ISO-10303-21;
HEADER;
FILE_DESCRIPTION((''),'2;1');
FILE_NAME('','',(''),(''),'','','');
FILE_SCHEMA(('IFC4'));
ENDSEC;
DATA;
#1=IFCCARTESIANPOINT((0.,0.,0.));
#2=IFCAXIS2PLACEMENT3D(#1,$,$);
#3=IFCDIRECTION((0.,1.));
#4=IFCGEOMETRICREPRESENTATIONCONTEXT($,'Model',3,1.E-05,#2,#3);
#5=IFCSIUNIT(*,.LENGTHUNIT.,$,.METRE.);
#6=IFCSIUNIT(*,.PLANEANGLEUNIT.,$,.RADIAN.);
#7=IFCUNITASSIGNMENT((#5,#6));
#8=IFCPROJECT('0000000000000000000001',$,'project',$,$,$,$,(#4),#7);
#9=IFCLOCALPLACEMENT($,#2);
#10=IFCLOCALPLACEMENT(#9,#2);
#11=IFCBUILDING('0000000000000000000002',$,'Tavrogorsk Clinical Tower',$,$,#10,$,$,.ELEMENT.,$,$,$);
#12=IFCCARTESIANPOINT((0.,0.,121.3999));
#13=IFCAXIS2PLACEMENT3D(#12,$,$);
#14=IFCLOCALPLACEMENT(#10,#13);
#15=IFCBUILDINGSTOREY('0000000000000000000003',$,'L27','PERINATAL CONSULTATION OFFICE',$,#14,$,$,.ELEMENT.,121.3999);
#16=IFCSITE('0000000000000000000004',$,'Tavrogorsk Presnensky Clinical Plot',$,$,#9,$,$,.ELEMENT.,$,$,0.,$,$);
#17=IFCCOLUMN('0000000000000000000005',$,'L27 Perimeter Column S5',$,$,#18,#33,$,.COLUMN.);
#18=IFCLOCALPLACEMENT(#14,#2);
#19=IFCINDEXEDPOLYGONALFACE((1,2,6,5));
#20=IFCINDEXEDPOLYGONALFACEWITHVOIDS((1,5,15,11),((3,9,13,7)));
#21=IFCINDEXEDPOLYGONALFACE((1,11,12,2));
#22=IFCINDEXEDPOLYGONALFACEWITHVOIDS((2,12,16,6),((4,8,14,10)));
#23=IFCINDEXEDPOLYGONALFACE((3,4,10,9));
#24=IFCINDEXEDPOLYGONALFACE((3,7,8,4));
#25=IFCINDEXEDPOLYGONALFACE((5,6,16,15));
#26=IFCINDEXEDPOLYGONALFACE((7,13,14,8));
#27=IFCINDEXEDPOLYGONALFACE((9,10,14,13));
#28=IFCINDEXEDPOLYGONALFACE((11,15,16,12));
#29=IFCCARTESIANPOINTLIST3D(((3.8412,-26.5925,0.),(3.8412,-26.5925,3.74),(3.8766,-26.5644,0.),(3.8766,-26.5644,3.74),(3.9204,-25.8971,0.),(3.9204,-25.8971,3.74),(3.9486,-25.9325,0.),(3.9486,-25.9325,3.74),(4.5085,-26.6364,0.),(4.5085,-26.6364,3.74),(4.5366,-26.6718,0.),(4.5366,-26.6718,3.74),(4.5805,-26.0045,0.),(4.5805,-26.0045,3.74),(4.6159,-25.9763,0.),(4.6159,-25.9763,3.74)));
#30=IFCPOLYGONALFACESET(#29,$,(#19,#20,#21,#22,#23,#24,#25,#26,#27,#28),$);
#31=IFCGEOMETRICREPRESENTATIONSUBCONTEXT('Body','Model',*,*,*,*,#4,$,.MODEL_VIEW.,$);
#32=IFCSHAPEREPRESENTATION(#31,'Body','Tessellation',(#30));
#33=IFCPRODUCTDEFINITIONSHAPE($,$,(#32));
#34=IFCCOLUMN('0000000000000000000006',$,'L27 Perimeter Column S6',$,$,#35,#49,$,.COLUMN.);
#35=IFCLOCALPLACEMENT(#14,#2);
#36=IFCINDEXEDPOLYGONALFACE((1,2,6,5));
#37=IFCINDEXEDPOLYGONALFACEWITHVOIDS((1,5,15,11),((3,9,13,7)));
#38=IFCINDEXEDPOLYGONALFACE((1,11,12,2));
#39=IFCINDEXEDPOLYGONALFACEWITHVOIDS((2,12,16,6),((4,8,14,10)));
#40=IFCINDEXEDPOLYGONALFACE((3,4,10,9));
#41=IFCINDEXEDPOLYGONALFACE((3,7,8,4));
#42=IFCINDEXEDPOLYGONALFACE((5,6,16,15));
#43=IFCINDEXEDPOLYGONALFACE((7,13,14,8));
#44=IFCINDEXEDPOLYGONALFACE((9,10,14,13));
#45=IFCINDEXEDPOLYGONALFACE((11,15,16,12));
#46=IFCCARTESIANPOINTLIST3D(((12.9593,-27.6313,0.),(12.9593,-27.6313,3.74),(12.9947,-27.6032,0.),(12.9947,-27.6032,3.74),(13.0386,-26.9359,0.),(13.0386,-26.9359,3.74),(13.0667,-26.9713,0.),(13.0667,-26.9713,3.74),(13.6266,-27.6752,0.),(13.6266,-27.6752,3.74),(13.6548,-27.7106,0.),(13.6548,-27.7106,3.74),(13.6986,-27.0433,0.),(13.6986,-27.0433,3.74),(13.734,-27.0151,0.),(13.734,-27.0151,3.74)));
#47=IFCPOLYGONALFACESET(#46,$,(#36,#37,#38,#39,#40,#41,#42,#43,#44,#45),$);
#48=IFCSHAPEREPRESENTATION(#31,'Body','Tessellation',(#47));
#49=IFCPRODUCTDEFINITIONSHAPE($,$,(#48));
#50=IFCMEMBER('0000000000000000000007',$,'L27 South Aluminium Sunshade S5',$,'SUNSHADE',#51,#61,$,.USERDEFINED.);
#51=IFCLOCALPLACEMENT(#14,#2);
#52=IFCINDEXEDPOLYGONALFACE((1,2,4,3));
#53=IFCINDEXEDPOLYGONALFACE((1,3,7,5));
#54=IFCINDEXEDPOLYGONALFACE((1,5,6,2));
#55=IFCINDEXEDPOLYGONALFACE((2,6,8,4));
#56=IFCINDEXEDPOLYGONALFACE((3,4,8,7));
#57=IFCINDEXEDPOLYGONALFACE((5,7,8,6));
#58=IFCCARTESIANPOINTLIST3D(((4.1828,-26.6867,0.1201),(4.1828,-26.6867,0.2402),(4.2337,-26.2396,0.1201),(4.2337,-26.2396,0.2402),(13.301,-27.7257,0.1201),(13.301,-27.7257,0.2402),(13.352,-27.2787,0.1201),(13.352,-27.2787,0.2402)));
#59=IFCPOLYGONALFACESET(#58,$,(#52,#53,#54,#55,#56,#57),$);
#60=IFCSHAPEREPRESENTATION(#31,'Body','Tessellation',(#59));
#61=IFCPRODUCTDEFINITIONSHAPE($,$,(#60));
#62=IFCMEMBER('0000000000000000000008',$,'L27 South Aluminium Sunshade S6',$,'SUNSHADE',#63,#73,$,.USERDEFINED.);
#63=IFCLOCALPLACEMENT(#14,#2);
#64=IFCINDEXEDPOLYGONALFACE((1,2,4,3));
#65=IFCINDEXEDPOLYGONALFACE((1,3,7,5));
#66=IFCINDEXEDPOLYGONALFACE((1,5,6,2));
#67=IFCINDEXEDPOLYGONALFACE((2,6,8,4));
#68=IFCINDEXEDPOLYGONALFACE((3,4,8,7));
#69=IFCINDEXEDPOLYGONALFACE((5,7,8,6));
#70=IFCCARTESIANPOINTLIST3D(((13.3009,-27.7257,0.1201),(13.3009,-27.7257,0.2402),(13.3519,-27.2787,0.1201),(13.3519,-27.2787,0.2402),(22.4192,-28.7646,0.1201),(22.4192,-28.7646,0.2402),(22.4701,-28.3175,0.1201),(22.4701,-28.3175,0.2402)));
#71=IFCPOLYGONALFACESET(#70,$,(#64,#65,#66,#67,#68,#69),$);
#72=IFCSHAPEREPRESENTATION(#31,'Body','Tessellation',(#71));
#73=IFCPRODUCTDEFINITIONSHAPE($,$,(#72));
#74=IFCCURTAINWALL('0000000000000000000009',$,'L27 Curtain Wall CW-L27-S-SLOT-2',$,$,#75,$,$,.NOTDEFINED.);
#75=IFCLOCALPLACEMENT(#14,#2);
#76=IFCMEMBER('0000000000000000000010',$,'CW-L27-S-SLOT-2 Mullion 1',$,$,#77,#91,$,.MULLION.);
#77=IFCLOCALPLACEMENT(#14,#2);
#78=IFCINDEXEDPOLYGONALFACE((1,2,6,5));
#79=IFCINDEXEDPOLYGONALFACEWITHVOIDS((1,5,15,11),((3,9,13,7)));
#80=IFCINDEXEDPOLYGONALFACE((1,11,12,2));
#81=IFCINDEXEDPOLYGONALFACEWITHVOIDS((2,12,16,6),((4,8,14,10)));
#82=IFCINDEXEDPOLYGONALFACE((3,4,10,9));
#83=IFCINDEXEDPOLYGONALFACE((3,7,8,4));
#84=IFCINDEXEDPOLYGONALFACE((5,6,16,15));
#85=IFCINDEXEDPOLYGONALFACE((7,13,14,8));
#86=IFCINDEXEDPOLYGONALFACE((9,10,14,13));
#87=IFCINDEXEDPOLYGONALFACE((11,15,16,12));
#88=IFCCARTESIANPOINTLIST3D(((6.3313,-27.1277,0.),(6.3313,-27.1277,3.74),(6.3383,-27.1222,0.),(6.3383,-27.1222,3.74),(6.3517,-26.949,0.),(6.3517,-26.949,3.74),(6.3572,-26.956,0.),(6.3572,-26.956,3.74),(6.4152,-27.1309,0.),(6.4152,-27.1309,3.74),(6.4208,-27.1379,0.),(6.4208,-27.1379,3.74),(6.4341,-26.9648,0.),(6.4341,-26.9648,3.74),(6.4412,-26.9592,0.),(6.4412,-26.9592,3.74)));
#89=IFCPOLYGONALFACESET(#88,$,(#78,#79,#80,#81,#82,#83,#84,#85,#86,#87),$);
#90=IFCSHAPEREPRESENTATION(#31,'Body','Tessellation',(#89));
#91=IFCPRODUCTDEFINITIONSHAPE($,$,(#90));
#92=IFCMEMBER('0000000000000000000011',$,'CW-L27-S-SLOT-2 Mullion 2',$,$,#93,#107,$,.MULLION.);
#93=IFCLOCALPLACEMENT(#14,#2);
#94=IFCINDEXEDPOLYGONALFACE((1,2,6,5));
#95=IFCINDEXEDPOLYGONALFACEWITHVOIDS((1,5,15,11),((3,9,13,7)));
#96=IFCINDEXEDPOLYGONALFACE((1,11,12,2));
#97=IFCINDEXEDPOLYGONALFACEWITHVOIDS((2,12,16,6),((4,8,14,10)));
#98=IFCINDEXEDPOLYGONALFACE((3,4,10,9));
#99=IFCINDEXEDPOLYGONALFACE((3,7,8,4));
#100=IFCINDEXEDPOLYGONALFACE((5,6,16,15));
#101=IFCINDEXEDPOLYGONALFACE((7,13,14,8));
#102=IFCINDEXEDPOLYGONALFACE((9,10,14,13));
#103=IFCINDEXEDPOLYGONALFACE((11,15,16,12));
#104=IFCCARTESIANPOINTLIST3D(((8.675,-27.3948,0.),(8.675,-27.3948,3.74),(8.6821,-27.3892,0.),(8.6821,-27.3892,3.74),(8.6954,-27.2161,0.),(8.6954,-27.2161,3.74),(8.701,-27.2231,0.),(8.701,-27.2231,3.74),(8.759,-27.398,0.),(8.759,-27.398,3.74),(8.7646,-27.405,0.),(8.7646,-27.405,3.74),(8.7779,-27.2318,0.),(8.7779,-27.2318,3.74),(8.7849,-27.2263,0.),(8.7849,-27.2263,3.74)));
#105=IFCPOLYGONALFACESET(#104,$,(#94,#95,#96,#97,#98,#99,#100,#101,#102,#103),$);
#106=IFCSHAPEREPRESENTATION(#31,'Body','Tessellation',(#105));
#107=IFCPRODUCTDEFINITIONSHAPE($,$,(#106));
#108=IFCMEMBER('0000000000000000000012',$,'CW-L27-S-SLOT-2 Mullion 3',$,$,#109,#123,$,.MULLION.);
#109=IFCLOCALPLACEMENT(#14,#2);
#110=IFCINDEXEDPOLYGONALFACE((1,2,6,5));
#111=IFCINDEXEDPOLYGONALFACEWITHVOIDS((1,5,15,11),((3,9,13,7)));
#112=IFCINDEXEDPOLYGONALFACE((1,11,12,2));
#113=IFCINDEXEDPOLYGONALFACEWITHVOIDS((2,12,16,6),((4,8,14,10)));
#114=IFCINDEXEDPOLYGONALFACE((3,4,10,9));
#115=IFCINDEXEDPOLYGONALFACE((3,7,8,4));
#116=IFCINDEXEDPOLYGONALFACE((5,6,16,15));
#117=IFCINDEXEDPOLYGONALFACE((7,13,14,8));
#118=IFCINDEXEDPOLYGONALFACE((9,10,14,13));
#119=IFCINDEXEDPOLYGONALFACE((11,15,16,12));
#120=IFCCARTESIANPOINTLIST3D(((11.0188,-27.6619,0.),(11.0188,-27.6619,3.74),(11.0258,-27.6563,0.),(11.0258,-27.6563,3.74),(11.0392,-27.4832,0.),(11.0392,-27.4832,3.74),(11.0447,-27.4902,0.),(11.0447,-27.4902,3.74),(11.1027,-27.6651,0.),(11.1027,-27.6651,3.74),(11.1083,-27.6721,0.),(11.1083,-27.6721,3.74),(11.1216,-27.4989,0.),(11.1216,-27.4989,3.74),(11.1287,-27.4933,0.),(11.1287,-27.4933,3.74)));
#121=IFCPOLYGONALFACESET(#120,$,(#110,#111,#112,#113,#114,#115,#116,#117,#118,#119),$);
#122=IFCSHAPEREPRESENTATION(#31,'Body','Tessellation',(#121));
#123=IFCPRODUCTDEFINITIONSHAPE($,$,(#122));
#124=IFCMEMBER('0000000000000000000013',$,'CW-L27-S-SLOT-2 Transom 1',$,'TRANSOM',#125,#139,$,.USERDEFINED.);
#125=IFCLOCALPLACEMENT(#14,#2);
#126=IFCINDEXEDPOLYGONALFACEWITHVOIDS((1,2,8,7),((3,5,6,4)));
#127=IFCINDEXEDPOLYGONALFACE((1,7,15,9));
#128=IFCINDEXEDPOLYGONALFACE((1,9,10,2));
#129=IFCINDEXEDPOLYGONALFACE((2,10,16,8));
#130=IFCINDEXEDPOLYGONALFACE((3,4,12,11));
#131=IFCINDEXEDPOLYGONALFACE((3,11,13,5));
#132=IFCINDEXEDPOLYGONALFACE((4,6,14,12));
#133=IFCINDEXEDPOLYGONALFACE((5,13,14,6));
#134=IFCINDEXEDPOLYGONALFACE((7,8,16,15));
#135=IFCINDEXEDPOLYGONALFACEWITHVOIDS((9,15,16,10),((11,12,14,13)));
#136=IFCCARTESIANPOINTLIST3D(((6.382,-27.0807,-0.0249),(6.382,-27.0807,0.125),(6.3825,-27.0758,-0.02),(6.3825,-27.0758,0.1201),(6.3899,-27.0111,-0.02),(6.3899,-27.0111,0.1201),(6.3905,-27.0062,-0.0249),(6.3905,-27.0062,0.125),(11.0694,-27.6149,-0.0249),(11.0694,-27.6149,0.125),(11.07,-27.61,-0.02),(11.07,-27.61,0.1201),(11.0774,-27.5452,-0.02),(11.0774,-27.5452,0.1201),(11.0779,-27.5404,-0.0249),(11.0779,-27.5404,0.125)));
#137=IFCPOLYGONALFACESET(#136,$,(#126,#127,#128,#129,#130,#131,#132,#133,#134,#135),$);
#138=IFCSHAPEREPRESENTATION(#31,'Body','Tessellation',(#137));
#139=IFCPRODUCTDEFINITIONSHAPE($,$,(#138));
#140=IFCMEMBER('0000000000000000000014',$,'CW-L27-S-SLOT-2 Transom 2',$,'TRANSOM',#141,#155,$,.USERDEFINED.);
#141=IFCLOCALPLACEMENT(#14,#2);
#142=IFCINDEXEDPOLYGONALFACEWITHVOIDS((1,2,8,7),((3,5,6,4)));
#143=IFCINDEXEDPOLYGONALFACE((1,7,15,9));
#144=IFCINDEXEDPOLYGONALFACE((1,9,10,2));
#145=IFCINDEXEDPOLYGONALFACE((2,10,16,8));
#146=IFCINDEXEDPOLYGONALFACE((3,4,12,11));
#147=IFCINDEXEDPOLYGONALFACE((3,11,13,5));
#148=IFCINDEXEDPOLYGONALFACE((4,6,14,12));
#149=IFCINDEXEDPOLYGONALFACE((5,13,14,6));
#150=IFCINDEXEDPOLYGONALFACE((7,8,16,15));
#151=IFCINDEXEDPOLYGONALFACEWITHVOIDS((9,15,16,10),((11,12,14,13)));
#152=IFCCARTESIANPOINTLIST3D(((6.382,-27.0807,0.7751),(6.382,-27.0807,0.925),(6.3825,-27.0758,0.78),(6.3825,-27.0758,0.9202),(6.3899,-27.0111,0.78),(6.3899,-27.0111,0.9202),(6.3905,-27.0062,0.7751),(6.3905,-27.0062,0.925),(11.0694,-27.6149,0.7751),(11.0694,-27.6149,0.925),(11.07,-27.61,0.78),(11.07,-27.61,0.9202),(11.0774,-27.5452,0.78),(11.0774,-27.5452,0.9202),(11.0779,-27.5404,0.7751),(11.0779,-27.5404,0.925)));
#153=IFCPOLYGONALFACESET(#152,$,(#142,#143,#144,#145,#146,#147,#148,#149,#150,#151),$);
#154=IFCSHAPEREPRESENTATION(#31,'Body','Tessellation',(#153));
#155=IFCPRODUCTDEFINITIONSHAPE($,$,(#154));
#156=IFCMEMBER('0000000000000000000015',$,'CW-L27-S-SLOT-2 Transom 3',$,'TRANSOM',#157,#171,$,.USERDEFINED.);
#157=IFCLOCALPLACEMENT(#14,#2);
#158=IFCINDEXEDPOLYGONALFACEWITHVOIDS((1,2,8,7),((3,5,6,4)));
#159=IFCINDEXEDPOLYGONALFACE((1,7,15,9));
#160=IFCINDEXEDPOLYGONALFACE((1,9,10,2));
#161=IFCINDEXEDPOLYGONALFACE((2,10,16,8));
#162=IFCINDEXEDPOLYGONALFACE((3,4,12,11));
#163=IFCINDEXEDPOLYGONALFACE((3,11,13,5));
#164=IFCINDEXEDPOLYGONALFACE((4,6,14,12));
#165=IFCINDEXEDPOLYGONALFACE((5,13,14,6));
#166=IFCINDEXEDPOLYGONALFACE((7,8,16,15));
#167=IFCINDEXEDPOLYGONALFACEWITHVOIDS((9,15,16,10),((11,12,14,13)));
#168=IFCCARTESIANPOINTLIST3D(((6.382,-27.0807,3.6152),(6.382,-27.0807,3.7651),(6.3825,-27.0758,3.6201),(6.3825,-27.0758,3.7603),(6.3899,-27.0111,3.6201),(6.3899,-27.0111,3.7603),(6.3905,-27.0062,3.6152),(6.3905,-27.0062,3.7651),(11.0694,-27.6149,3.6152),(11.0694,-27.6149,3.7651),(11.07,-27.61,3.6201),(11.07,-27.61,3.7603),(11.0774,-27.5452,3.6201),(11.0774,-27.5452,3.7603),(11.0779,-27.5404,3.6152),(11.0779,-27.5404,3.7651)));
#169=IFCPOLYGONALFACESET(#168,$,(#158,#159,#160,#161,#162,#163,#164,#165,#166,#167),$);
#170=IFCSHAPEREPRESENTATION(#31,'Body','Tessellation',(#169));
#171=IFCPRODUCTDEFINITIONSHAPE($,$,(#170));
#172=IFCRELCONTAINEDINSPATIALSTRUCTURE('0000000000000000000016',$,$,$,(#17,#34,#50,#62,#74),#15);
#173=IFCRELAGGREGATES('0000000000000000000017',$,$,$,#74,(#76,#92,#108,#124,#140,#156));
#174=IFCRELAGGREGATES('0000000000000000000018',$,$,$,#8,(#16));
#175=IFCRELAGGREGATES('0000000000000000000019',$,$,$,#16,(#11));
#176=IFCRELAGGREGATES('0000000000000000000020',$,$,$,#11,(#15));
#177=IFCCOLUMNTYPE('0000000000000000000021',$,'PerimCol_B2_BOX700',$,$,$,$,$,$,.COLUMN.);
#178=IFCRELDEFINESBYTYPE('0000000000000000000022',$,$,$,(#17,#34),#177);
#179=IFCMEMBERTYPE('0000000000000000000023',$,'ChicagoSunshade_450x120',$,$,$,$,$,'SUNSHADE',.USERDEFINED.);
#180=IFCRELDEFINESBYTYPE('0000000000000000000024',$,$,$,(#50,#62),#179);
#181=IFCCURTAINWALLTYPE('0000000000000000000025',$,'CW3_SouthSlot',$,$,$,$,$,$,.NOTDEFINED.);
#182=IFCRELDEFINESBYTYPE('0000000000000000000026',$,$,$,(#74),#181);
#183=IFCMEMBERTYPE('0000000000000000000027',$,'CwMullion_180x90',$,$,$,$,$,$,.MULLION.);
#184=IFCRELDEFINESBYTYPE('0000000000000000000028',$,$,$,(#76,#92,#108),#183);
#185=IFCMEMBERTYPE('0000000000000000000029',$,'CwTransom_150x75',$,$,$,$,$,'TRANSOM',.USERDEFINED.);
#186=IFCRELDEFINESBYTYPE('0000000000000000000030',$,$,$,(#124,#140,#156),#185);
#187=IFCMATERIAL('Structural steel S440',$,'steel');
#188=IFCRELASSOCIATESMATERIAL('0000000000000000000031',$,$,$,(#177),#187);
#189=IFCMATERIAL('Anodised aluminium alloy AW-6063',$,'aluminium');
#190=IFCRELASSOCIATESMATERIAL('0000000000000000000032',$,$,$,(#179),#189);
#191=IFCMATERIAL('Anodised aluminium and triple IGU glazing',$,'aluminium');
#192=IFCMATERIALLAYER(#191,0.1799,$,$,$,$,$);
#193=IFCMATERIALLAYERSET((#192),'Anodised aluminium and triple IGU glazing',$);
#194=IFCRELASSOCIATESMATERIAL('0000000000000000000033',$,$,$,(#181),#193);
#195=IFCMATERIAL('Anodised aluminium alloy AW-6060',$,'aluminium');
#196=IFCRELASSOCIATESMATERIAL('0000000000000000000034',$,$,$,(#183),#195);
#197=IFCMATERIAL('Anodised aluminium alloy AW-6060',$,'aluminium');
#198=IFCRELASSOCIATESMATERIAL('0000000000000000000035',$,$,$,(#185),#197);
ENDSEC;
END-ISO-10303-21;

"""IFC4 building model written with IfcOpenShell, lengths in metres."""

from ifc_helpers import new_model, si_unit, direction, frame, origin, origin_2d, place, context, subcontext, project, spatial, rectangle, hollow_rectangle, extrude, material, layer, layer_set, material_profile, profile_set, type_object, element, aggregate, save


model = new_model("IFC4")

# Units and contexts
model_context = context("Model", 3, precision=1e-05, world=origin(), true_north=direction((0.0, 1.0)))
body_context = subcontext(model_context, "Body", "Model", "MODEL_VIEW")
ifc_project = project(units=[si_unit("LENGTHUNIT", "METRE"), si_unit("PLANEANGLEUNIT", "RADIAN")], contexts=[model_context])

# Site, building, storey
site_placement = place(None, origin())
site = spatial("IfcSite", under=ifc_project, at=site_placement, Name="Tavrogorsk Presnensky Clinical Plot", CompositionType="ELEMENT", RefElevation=0.0)
building_placement = place(site_placement, origin())
building = spatial("IfcBuilding", under=site, at=building_placement, Name="Tavrogorsk Clinical Tower", CompositionType="ELEMENT")
storey_placement = place(building_placement, frame((0.0, 0.0, 121.3999)))
storey = spatial("IfcBuildingStorey", under=building, at=storey_placement, Name="L27", Description="PERINATAL CONSULTATION OFFICE", CompositionType="ELEMENT", Elevation=121.3999)

# Columns
ifc_material_1 = material(Name="Structural steel S440", Category="steel")
ifc_material_profile_1 = material_profile(ifc_material_1, hollow_rectangle(XDim=0.7, YDim=0.7, WallThickness=0.032, at=origin_2d()), Name="BOX-700x700x32")
ifc_profile_set_1 = profile_set([ifc_material_profile_1], Name="Structural steel S440")
column_type = type_object("IfcColumnType", Name="PerimCol_B2_BOX700", PredefinedType="COLUMN", material=ifc_profile_set_1)
for number, where, z_axis, x_axis, name in (
    (1, (4.2285, -26.2844, 0.0), (0.0, 0.0, 1.0), (0.993572, -0.113203, 0.0), "L27 Perimeter Column S5"),
    (2, (13.3467, -27.3232, 0.0), (0.0, 0.0, 1.0), (0.993572, -0.113203, 0.0), "L27 Perimeter Column S6"),
):
    element("IfcColumn", number, at=place(storey_placement, frame(where, z_axis=z_axis, x_axis=x_axis)), inside=storey, type_object=column_type, Name=name, PredefinedType="COLUMN", context=body_context, shape_type="SweptSolid", body=[
        extrude(hollow_rectangle(XDim=0.7, YDim=0.7, WallThickness=0.032, at=origin_2d()), origin(), (0.0, 0.0, 1.0), 3.74),
    ])

# Members
ifc_material_2 = material(Name="Anodised aluminium alloy AW-6063", Category="aluminium")
ifc_material_profile_2 = material_profile(ifc_material_2, rectangle(XDim=0.45, YDim=0.1201, at=origin_2d()), Name="ALU-SUNSHADE-450x120")
ifc_profile_set_2 = profile_set([ifc_material_profile_2], Name="Anodised aluminium alloy AW-6063")
member_type_1 = type_object("IfcMemberType", Name="ChicagoSunshade_450x120", ElementType="SUNSHADE", PredefinedType="USERDEFINED", material=ifc_profile_set_2)
for number, where, z_axis, x_axis, name in (
    (3, (4.2083, -26.4631, 0.1802), (0.99357, -0.113222, 0.0), (0.113222, 0.99357, 0.0), "L27 South Aluminium Sunshade S5"),
    (4, (13.3264, -27.5022, 0.1802), (0.993573, -0.113196, 0.0), (0.113196, 0.993573, 0.0), "L27 South Aluminium Sunshade S6"),
):
    element("IfcMember", number, at=place(storey_placement, frame(where, z_axis=z_axis, x_axis=x_axis)), inside=storey, type_object=member_type_1, Name=name, ObjectType="SUNSHADE", PredefinedType="USERDEFINED", context=body_context, shape_type="SweptSolid", body=[
        extrude(rectangle(XDim=0.45, YDim=0.1201, at=origin_2d()), origin(), (0.0, 0.0, 1.0), 9.1772),
    ])

# Curtain wall, members
ifc_material_3 = material(Name="Anodised aluminium and triple IGU glazing", Category="aluminium")
ifc_layer_1 = layer(ifc_material_3, 0.1799)
ifc_layer_set_1 = layer_set([ifc_layer_1], Name="Anodised aluminium and triple IGU glazing")
curtain_wall_type = type_object("IfcCurtainWallType", Name="CW3_SouthSlot", PredefinedType="NOTDEFINED", material=ifc_layer_set_1)
curtain_wall_placement = place(storey_placement, origin())
curtain_wall = element("IfcCurtainWall", 5, at=curtain_wall_placement, inside=storey, type_object=curtain_wall_type, Name="L27 Curtain Wall CW-L27-S-SLOT-2", PredefinedType="NOTDEFINED")
ifc_material_4 = material(Name="Anodised aluminium alloy AW-6060", Category="aluminium")
ifc_material_profile_3 = material_profile(ifc_material_4, hollow_rectangle(XDim=0.0901, YDim=0.1799, WallThickness=0.0063, at=origin_2d()), Name="RHS-180x90x6.3")
ifc_profile_set_3 = profile_set([ifc_material_profile_3], Name="Anodised aluminium alloy AW-6060")
member_type_2 = type_object("IfcMemberType", Name="CwMullion_180x90", PredefinedType="MULLION", material=ifc_profile_set_3)
member_1_placement = place(storey_placement, frame((6.3862, -27.0435, 0.0), z_axis=(0.0, 0.0, 1.0), x_axis=(0.993572, -0.113203, 0.0)))
member_1 = element("IfcMember", 6, at=member_1_placement, type_object=member_type_2, Name="CW-L27-S-SLOT-2 Mullion 1", PredefinedType="MULLION", context=body_context, shape_type="SweptSolid", body=[
    extrude(hollow_rectangle(XDim=0.0901, YDim=0.1799, WallThickness=0.0063, at=origin_2d()), origin(), (0.0, 0.0, 1.0), 3.74),
])
member_2_placement = place(storey_placement, frame((8.73, -27.3105, 0.0), z_axis=(0.0, 0.0, 1.0), x_axis=(0.993572, -0.113203, 0.0)))
member_2 = element("IfcMember", 7, at=member_2_placement, type_object=member_type_2, Name="CW-L27-S-SLOT-2 Mullion 2", PredefinedType="MULLION", context=body_context, shape_type="SweptSolid", body=[
    extrude(hollow_rectangle(XDim=0.0901, YDim=0.1799, WallThickness=0.0063, at=origin_2d()), origin(), (0.0, 0.0, 1.0), 3.74),
])
member_3_placement = place(storey_placement, frame((11.0737, -27.5776, 0.0), z_axis=(0.0, 0.0, 1.0), x_axis=(0.993572, -0.113203, 0.0)))
member_3 = element("IfcMember", 8, at=member_3_placement, type_object=member_type_2, Name="CW-L27-S-SLOT-2 Mullion 3", PredefinedType="MULLION", context=body_context, shape_type="SweptSolid", body=[
    extrude(hollow_rectangle(XDim=0.0901, YDim=0.1799, WallThickness=0.0063, at=origin_2d()), origin(), (0.0, 0.0, 1.0), 3.74),
])
ifc_material_5 = material(Name="Anodised aluminium alloy AW-6060", Category="aluminium")
ifc_material_profile_4 = material_profile(ifc_material_5, hollow_rectangle(XDim=0.075, YDim=0.1499, WallThickness=0.0049, at=origin_2d()), Name="RHS-150x75x5")
ifc_profile_set_4 = profile_set([ifc_material_profile_4], Name="Anodised aluminium alloy AW-6060")
member_type_3 = type_object("IfcMemberType", Name="CwTransom_150x75", ElementType="TRANSOM", PredefinedType="USERDEFINED", material=ifc_profile_set_4)
member_4_placement = place(storey_placement, frame((6.3862, -27.0435, 0.05), z_axis=(0.993569, -0.113226, 0.0), x_axis=(0.113226, 0.993569, 0.0)))
member_4 = element("IfcMember", 9, at=member_4_placement, type_object=member_type_3, Name="CW-L27-S-SLOT-2 Transom 1", ObjectType="TRANSOM", PredefinedType="USERDEFINED", context=body_context, shape_type="SweptSolid", body=[
    extrude(hollow_rectangle(XDim=0.075, YDim=0.1499, WallThickness=0.0049, at=origin_2d()), origin(), (0.0, 0.0, 1.0), 4.7178),
])
member_5_placement = place(storey_placement, frame((6.3862, -27.0435, 0.8501), z_axis=(0.993569, -0.113226, 0.0), x_axis=(0.113226, 0.993569, 0.0)))
member_5 = element("IfcMember", 10, at=member_5_placement, type_object=member_type_3, Name="CW-L27-S-SLOT-2 Transom 2", ObjectType="TRANSOM", PredefinedType="USERDEFINED", context=body_context, shape_type="SweptSolid", body=[
    extrude(hollow_rectangle(XDim=0.075, YDim=0.1499, WallThickness=0.0049, at=origin_2d()), origin(), (0.0, 0.0, 1.0), 4.7178),
])
member_6_placement = place(storey_placement, frame((6.3862, -27.0435, 3.6902), z_axis=(0.993569, -0.113226, 0.0), x_axis=(0.113226, 0.993569, 0.0)))
member_6 = element("IfcMember", 11, at=member_6_placement, type_object=member_type_3, Name="CW-L27-S-SLOT-2 Transom 3", ObjectType="TRANSOM", PredefinedType="USERDEFINED", context=body_context, shape_type="SweptSolid", body=[
    extrude(hollow_rectangle(XDim=0.075, YDim=0.1499, WallThickness=0.0049, at=origin_2d()), origin(), (0.0, 0.0, 1.0), 4.7178),
])

aggregate(curtain_wall, [member_1, member_2, member_3, member_4, member_5, member_6])

save(model, "model.ifc")
